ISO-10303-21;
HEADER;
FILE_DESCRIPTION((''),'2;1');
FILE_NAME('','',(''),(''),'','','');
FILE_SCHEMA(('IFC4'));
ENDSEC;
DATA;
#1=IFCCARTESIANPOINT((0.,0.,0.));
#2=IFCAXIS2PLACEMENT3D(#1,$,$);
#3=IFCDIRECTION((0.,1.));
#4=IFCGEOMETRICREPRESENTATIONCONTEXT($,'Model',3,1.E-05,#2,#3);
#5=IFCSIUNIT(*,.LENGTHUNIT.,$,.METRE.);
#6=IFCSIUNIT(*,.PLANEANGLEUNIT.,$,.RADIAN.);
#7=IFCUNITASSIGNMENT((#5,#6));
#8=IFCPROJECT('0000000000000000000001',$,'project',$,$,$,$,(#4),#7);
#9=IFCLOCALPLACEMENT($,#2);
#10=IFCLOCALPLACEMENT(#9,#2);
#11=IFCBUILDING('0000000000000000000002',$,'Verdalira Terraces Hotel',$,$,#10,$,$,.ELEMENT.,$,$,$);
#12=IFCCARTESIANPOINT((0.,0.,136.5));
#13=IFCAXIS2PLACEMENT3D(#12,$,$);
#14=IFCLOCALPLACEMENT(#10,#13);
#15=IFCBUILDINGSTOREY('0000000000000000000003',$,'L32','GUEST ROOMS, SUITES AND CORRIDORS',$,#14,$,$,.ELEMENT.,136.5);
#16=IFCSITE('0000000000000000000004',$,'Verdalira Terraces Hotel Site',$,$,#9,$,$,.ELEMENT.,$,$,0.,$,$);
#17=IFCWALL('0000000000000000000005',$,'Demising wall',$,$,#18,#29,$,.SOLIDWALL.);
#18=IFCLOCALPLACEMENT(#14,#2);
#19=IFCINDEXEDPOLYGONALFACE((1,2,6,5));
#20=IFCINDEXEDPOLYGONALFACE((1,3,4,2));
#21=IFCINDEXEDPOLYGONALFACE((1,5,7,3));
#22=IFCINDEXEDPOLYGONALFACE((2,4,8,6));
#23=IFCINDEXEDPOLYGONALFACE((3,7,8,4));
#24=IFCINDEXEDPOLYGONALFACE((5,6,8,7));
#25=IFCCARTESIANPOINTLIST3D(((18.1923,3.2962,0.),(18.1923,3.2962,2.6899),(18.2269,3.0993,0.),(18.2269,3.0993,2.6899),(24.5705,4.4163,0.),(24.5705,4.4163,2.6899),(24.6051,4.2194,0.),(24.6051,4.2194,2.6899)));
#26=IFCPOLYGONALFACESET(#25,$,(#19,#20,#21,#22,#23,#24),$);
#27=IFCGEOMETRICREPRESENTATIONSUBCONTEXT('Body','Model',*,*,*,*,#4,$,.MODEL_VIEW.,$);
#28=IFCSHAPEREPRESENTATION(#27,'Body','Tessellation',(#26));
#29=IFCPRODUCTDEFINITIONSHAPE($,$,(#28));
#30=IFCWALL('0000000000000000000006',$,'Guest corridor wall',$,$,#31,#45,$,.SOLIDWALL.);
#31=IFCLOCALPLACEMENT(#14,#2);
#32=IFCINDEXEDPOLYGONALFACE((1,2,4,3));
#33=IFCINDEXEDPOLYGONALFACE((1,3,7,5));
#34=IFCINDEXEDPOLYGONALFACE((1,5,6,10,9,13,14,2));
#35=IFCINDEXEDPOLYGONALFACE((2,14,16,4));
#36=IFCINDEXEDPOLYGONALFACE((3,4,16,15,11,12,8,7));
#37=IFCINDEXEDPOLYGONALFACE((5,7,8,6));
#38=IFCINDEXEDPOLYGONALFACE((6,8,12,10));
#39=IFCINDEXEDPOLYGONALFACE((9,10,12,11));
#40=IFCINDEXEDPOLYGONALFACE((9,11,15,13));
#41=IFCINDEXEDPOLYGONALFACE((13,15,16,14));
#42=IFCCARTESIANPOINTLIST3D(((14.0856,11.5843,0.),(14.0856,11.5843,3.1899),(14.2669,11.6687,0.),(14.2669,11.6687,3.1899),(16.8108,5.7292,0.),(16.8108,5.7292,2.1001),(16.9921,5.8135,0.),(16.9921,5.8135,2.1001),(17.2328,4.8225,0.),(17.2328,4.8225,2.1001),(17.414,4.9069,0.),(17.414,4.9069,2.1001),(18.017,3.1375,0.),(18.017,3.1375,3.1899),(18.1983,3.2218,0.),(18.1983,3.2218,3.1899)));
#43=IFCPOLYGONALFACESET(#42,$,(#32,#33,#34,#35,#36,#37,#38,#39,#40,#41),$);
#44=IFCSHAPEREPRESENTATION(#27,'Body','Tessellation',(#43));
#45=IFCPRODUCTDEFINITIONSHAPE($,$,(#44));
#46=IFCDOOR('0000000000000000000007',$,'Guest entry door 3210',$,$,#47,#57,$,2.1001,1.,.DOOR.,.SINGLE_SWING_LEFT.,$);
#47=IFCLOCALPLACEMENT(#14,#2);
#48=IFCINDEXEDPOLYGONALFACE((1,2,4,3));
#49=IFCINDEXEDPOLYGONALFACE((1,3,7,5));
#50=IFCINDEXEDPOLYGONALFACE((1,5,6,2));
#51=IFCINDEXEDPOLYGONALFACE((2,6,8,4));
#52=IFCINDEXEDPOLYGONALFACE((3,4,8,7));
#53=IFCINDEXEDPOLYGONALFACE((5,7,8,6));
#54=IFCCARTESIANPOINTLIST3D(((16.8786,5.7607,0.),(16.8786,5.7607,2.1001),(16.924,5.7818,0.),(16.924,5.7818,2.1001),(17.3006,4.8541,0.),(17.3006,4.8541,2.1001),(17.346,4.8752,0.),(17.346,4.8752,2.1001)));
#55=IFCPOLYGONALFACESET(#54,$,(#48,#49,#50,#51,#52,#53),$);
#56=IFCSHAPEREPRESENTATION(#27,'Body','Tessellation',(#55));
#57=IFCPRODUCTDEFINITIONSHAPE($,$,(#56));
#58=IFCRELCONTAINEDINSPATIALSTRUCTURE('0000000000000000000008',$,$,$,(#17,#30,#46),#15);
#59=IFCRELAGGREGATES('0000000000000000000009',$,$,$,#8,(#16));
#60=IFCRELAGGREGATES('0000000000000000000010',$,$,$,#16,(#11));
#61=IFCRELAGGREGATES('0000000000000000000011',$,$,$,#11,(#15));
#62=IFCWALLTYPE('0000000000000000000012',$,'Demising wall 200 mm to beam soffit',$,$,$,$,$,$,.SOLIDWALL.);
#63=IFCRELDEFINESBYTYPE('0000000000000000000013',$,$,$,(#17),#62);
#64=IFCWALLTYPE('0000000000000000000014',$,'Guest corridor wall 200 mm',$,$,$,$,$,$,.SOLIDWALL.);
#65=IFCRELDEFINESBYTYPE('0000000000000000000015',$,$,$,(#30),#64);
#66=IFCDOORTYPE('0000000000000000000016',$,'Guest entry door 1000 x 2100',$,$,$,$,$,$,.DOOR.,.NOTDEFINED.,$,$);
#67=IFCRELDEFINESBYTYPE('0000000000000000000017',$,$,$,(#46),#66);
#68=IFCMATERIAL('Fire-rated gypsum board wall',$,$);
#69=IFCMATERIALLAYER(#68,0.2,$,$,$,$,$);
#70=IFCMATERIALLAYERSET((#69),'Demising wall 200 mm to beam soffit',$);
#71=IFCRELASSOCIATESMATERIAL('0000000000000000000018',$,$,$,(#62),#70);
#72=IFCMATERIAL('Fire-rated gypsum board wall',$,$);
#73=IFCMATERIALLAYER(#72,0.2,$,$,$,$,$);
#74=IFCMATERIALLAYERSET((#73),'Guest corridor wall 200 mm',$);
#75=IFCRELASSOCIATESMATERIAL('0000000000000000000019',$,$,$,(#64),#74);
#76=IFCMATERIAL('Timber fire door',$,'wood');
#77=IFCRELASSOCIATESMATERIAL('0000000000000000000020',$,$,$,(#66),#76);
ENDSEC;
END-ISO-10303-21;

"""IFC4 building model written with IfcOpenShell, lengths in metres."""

from ifc_helpers import new_model, si_unit, direction, frame, frame_2d, origin, place, context, subcontext, project, spatial, rectangle, extrude, material, layer, layer_set, type_object, element, fill, save


model = new_model("IFC4")

# Units and contexts
model_context = context("Model", 3, precision=1e-05, world=origin(), true_north=direction((0.0, 1.0)))
body_context = subcontext(model_context, "Body", "Model", "MODEL_VIEW")
ifc_project = project(units=[si_unit("LENGTHUNIT", "METRE"), si_unit("PLANEANGLEUNIT", "RADIAN")], contexts=[model_context])

# Site, building, storey
site_placement = place(None, origin())
site = spatial("IfcSite", under=ifc_project, at=site_placement, Name="Verdalira Terraces Hotel Site", CompositionType="ELEMENT", RefElevation=0.0)
building_placement = place(site_placement, origin())
building = spatial("IfcBuilding", under=site, at=building_placement, Name="Verdalira Terraces Hotel", CompositionType="ELEMENT")
storey_placement = place(building_placement, frame((0.0, 0.0, 136.5)))
storey = spatial("IfcBuildingStorey", under=building, at=storey_placement, Name="L32", Description="GUEST ROOMS, SUITES AND CORRIDORS", CompositionType="ELEMENT", Elevation=136.5)

# Wall
ifc_material_1 = material(Name="Fire-rated gypsum board wall")
ifc_layer_1 = layer(ifc_material_1, 0.2)
ifc_layer_set_1 = layer_set([ifc_layer_1], Name="Demising wall 200 mm to beam soffit")
wall_type_1 = type_object("IfcWallType", Name="Demising wall 200 mm to beam soffit", PredefinedType="SOLIDWALL", material=ifc_layer_set_1)
wall_1_placement = place(storey_placement, frame((18.2097, 3.1978, 0.0), z_axis=(0.0, 0.0, 1.0), x_axis=(0.984927, 0.17297, 0.0)))
element("IfcWall", 1, at=wall_1_placement, inside=storey, type_object=wall_type_1, Name="Demising wall", PredefinedType="SOLIDWALL", context=body_context, shape_type="SweptSolid", body=[
    extrude(rectangle(XDim=6.4758, YDim=0.2, at=frame_2d((3.2378, 0.0))), origin(), (0.0, 0.0, 1.0), 2.6899),
])

# Wall, opening, door
ifc_material_2 = material(Name="Fire-rated gypsum board wall")
ifc_layer_2 = layer(ifc_material_2, 0.2)
ifc_layer_set_2 = layer_set([ifc_layer_2], Name="Guest corridor wall 200 mm")
wall_type_2 = type_object("IfcWallType", Name="Guest corridor wall 200 mm", PredefinedType="SOLIDWALL", material=ifc_layer_set_2)
wall_2_placement = place(storey_placement, frame((14.1763, 11.6265, 0.0), z_axis=(0.0, 0.0, 1.0), x_axis=(0.421966, -0.906612, 0.0)))
wall_2 = element("IfcWall", 2, at=wall_2_placement, inside=storey, type_object=wall_type_2, Name="Guest corridor wall", PredefinedType="SOLIDWALL", context=body_context, shape_type="SweptSolid", body=[
    extrude(rectangle(XDim=9.3169, YDim=0.2, at=frame_2d((4.6584, 0.0))), origin(), (0.0, 0.0, 1.0), 3.1899),
])
opening_1_placement = place(wall_2_placement, frame((6.4583, 0.0, 0.0)))
opening_1 = element("IfcOpeningElement", 3, at=opening_1_placement, cuts=wall_2, PredefinedType="OPENING", context=body_context, shape_type="SweptSolid", body=[
    extrude(rectangle(XDim=1.0, YDim=2.1001, at=frame_2d((0.5, 1.05))), frame((0.0, 0.1099, 0.0), z_axis=(0.0, -1.0, 0.0), x_axis=(1.0, 0.0, 0.0)), (0.0, 0.0, 1.0), 0.22),
])
ifc_material_3 = material(Name="Timber fire door", Category="wood")
door_type_1 = type_object("IfcDoorType", Name="Guest entry door 1000 x 2100", OperationType="NOTDEFINED", PredefinedType="DOOR", material=ifc_material_3)
door_1_placement = place(opening_1_placement, origin())
door_1 = element("IfcDoor", 4, at=door_1_placement, inside=storey, type_object=door_type_1, Name="Guest entry door 3210", OperationType="SINGLE_SWING_LEFT", OverallHeight=2.1001, OverallWidth=1.0, PredefinedType="DOOR", context=body_context, shape_type="SweptSolid", body=[
    extrude(rectangle(XDim=1.0, YDim=2.1001, at=frame_2d((0.5, 1.05))), frame((0.0, 0.0249, 0.0), z_axis=(0.0, -1.0, 0.0), x_axis=(1.0, 0.0, 0.0)), (0.0, 0.0, 1.0), 0.05),
])
fill(opening_1, door_1)

save(model, "model.ifc")
